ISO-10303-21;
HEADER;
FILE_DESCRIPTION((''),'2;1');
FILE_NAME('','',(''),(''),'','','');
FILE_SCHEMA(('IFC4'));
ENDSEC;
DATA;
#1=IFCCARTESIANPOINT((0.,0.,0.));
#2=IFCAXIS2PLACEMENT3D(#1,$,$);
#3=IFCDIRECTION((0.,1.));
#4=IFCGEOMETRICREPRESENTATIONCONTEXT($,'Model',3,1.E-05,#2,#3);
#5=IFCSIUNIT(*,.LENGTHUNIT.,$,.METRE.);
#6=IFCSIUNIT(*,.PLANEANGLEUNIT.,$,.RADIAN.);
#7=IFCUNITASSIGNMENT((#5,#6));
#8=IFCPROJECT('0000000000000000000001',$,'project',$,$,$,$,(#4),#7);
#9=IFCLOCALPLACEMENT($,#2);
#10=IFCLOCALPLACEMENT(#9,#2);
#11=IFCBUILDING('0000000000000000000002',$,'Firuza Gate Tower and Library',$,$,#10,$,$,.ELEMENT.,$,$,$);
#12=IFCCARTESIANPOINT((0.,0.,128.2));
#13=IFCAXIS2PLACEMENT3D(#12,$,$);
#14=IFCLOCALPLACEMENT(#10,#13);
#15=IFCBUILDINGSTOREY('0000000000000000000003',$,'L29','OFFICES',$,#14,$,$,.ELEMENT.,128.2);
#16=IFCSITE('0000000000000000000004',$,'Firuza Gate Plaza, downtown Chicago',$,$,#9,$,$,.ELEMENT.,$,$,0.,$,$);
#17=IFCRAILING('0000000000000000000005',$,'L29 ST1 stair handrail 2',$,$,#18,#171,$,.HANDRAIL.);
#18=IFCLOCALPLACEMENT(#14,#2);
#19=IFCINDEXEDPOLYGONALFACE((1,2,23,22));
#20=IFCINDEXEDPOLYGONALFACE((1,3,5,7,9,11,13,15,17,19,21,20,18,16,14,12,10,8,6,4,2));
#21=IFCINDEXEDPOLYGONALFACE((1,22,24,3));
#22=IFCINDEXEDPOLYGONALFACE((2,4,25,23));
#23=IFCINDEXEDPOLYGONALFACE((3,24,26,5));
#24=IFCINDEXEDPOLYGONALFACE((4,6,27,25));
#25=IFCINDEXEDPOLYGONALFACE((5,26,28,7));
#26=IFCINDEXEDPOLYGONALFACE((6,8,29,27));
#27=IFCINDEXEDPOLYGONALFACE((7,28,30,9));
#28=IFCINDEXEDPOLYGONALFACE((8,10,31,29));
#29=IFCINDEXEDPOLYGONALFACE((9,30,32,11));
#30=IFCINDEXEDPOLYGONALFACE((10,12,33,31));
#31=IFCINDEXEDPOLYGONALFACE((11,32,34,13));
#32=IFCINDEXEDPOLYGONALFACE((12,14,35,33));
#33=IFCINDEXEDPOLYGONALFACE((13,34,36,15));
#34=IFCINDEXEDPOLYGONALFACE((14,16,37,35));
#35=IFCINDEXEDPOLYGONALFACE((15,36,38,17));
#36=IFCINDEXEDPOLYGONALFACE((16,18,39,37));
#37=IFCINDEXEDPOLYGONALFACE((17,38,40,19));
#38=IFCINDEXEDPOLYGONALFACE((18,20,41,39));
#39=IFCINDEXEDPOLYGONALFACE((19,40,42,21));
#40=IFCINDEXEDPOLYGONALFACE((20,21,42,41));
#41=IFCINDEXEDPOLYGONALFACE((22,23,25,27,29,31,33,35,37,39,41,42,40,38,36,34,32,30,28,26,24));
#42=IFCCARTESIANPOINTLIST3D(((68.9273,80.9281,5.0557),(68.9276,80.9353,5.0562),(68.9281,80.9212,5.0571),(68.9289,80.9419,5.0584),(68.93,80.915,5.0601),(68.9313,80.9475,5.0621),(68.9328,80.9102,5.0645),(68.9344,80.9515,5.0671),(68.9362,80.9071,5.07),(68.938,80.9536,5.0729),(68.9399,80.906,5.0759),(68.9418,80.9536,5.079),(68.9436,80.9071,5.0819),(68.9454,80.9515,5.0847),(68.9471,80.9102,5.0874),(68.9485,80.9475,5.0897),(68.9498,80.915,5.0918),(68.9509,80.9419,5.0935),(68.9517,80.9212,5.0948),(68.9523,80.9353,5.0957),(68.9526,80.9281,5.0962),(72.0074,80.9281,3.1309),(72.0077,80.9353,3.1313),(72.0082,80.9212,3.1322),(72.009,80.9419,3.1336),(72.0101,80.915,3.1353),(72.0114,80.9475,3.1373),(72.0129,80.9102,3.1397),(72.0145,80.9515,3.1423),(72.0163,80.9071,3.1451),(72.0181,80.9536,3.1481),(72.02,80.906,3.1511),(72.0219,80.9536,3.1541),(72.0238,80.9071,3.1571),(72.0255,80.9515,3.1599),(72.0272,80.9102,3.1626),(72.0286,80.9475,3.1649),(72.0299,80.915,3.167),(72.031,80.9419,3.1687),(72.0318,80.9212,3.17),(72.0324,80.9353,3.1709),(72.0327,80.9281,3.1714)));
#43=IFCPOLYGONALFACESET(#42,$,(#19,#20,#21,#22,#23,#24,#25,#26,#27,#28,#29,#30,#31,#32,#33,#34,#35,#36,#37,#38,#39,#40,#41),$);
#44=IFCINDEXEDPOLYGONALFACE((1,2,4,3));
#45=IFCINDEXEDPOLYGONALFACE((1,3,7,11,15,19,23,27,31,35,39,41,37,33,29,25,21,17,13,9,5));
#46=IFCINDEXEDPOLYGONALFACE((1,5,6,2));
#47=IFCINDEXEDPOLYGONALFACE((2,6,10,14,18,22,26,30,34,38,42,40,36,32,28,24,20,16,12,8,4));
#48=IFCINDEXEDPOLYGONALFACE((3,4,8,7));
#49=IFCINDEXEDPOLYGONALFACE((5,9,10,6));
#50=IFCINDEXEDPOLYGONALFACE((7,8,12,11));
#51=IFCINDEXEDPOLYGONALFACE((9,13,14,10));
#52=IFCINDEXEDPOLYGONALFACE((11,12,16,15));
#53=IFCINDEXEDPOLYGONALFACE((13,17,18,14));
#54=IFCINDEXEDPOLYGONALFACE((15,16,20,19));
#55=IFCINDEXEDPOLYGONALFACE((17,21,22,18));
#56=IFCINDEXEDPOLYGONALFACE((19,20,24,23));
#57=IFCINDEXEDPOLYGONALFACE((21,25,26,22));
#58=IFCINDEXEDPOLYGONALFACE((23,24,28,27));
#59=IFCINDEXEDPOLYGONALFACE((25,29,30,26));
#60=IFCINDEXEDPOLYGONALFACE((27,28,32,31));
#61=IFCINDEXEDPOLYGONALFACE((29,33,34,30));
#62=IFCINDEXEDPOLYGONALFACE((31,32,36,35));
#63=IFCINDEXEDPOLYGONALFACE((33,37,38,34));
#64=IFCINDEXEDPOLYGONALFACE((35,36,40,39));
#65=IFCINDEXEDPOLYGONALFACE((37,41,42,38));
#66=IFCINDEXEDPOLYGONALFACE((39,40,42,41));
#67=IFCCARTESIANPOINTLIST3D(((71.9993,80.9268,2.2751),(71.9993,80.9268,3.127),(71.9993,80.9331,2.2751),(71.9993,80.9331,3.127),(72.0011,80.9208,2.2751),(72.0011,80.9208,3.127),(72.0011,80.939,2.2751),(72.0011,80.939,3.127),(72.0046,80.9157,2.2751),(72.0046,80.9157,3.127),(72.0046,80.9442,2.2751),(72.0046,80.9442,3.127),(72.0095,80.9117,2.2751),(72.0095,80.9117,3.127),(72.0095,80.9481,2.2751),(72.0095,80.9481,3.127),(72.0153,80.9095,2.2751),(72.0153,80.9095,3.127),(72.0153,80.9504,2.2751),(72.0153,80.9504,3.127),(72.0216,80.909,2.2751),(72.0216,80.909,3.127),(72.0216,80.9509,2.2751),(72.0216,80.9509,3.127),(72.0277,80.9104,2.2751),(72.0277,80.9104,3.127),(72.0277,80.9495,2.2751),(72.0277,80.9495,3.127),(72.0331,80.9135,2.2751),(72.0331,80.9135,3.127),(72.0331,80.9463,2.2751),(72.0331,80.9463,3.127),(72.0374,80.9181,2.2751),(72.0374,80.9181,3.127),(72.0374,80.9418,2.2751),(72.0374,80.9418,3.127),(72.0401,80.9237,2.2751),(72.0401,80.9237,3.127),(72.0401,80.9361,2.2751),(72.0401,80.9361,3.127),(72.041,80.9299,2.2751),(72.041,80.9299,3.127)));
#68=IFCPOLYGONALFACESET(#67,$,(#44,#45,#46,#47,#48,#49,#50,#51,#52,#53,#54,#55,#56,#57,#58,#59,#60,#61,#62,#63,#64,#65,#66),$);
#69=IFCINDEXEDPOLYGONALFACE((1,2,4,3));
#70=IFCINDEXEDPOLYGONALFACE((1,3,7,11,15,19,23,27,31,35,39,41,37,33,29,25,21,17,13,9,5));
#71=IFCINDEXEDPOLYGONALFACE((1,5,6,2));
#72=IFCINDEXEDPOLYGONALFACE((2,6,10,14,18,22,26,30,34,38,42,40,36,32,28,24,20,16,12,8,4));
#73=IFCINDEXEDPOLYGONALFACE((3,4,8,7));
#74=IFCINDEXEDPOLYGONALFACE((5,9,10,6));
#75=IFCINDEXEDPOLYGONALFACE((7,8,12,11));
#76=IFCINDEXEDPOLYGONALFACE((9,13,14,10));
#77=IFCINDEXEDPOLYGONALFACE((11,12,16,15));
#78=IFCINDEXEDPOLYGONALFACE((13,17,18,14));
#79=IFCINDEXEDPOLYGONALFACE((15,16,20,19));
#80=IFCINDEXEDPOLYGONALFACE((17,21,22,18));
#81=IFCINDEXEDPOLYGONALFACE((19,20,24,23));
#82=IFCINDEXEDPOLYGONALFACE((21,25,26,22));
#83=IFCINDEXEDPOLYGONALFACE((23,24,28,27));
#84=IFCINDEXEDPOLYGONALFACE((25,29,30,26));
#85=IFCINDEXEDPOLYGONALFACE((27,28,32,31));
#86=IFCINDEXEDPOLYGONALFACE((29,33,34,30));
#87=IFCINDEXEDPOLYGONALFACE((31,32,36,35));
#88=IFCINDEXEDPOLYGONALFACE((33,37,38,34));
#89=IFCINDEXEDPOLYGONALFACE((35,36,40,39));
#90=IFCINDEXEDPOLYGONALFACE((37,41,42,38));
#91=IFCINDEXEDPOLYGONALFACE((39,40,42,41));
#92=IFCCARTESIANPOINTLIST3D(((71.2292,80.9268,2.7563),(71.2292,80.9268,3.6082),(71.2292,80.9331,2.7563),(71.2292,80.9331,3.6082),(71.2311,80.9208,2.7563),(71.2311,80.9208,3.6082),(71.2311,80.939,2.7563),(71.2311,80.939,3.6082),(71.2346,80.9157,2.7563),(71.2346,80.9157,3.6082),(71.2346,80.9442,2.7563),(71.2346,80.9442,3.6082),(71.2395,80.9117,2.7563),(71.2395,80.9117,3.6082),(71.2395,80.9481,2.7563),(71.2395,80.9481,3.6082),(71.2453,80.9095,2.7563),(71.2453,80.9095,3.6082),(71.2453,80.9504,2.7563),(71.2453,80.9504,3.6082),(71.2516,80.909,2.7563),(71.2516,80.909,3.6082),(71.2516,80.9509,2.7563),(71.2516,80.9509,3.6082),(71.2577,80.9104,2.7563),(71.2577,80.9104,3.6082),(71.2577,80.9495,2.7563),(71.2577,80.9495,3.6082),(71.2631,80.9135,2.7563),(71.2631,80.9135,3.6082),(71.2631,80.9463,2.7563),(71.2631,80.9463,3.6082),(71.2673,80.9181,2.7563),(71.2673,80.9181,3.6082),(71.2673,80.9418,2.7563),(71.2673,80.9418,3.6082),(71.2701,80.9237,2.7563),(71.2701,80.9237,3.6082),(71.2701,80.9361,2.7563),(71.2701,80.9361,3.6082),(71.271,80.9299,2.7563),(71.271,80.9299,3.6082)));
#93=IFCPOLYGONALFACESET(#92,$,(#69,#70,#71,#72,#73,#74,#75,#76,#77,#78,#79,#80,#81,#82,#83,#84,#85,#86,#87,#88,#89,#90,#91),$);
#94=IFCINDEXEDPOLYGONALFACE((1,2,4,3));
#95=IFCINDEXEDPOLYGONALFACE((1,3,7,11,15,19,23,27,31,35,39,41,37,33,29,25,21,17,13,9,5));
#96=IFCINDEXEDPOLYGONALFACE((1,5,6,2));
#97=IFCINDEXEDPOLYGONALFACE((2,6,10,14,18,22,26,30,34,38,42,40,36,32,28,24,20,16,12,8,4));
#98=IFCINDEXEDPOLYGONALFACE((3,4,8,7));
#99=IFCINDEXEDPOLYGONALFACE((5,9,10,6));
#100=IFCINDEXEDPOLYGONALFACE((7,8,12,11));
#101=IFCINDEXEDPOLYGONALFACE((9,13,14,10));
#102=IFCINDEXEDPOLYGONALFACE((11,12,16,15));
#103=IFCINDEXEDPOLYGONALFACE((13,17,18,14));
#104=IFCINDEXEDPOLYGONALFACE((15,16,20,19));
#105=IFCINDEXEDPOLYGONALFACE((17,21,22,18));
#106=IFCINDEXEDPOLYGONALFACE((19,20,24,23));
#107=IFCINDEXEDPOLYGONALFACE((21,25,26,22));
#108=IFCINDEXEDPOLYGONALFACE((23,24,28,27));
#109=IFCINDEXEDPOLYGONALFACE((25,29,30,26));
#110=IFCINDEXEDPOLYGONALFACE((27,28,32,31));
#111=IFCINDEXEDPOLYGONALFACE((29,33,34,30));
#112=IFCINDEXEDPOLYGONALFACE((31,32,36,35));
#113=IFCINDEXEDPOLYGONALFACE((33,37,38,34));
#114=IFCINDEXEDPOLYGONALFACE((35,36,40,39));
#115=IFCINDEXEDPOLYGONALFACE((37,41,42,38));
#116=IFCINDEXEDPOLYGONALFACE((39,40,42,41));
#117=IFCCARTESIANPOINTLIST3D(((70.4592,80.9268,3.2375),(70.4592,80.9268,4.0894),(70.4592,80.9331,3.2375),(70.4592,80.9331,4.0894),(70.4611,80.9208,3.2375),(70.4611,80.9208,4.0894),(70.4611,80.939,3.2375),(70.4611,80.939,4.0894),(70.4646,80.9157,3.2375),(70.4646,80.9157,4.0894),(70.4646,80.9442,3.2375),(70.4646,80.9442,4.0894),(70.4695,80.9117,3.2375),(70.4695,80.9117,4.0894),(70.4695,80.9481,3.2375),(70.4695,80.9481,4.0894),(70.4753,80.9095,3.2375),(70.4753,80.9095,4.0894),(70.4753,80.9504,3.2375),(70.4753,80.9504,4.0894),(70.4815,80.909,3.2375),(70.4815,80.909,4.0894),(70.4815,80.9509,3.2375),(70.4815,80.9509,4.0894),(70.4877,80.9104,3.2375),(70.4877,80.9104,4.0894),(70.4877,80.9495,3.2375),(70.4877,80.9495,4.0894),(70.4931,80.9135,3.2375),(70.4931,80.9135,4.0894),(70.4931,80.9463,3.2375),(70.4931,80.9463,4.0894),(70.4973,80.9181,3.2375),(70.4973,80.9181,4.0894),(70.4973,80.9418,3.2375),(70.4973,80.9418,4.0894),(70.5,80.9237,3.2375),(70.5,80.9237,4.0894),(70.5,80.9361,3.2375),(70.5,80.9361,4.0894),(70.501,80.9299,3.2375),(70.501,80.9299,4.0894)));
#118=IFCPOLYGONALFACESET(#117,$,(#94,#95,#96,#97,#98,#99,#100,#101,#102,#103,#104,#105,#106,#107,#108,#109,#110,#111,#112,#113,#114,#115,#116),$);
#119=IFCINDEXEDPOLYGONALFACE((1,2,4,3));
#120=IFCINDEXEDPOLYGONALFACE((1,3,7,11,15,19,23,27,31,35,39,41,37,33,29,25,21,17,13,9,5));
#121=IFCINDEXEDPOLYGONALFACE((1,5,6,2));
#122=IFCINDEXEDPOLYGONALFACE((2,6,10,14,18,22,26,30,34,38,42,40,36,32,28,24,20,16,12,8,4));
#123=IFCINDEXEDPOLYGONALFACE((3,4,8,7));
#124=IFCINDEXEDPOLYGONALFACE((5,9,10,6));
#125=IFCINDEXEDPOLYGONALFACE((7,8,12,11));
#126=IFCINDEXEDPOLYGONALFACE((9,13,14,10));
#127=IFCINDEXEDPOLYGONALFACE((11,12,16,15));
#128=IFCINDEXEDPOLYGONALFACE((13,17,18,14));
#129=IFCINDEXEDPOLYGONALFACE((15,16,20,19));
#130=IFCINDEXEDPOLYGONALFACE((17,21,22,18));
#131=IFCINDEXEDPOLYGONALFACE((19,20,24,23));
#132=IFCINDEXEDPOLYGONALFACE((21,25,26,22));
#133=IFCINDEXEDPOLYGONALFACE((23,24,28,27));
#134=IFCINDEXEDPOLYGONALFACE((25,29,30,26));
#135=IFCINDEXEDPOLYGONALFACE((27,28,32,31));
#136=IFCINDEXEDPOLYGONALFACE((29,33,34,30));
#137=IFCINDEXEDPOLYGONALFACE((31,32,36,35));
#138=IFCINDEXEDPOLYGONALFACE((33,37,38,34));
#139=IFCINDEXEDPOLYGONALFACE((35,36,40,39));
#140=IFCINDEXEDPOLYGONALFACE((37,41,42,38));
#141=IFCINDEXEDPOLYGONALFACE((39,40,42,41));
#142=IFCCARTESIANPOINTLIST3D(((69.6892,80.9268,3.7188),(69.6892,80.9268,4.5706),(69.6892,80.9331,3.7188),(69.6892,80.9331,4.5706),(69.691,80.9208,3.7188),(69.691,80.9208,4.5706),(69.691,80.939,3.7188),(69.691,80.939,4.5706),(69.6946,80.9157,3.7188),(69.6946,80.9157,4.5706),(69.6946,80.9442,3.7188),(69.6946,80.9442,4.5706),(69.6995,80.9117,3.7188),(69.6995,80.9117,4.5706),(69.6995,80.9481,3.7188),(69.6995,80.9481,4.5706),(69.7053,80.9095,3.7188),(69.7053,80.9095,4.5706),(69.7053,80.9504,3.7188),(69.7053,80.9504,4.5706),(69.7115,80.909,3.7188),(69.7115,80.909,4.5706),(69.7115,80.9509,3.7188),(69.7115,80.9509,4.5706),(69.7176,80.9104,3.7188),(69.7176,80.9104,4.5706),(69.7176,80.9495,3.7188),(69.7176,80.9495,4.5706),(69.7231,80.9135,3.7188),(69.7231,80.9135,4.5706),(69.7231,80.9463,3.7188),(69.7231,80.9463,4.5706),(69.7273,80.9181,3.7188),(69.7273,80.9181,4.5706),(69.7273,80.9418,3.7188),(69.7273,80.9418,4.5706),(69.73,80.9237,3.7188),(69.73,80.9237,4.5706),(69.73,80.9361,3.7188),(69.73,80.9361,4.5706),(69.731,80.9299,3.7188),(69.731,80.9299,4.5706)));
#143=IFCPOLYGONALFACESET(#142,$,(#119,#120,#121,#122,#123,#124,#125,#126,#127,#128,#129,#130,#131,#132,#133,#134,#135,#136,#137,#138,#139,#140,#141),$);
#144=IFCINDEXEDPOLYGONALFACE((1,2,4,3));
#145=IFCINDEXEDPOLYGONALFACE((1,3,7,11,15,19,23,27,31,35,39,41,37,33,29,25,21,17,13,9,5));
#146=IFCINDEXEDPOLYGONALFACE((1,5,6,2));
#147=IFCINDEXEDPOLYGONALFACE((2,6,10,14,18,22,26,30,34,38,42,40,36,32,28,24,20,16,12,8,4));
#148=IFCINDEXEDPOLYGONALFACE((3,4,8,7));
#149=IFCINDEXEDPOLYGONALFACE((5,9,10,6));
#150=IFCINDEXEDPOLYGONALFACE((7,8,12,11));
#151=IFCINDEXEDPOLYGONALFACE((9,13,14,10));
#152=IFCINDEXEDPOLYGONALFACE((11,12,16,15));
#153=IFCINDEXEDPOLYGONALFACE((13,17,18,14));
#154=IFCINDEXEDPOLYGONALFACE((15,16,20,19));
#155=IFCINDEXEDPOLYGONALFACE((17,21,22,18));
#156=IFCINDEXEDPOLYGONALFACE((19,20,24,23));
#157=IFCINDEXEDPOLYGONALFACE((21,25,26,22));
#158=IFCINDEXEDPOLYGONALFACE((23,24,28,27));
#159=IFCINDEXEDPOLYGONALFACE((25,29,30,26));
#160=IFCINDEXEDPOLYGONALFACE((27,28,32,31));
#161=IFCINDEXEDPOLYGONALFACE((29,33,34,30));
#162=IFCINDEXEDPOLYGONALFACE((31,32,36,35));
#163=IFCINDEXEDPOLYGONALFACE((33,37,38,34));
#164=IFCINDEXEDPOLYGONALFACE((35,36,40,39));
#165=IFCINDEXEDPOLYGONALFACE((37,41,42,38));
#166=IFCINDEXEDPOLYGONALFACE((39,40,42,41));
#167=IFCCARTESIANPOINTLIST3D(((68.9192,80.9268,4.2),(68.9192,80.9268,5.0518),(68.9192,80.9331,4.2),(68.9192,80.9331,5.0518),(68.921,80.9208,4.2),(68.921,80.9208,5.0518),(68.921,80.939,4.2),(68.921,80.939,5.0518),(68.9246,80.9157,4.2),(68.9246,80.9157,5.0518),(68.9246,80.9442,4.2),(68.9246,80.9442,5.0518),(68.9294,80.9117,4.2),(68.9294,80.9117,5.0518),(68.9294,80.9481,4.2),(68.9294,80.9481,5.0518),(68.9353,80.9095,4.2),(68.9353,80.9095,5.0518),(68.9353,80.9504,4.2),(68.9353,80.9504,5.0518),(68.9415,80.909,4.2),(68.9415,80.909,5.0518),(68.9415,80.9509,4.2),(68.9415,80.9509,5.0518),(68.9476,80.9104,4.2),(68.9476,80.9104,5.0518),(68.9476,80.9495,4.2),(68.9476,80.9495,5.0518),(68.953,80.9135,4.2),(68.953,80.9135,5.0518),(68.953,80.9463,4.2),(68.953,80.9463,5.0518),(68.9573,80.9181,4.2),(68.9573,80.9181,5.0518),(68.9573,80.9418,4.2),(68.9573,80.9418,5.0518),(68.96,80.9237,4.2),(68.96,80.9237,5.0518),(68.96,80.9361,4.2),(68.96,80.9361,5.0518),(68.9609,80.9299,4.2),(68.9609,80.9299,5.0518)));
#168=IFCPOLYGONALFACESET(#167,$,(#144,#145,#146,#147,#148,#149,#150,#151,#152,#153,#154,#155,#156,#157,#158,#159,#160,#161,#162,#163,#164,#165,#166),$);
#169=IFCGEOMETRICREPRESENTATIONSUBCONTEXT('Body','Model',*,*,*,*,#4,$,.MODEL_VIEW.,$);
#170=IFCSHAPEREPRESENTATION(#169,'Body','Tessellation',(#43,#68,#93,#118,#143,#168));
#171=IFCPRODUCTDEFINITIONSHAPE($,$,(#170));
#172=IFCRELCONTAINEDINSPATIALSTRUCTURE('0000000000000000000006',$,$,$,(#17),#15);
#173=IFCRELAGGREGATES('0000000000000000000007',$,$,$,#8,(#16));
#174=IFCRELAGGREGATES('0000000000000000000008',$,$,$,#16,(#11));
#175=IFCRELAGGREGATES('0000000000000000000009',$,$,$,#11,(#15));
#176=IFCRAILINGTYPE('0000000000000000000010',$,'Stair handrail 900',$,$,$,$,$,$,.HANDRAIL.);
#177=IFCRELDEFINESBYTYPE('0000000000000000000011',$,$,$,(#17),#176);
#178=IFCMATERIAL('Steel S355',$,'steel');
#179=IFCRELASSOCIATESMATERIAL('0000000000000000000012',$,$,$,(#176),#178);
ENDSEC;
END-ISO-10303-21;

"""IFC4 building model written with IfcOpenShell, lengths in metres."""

from ifc_helpers import new_model, si_unit, direction, frame, origin, origin_2d, place, context, subcontext, project, spatial, circle, extrude, material, type_object, element, save


model = new_model("IFC4")

# Units and contexts
model_context = context("Model", 3, precision=1e-05, world=origin(), true_north=direction((0.0, 1.0)))
body_context = subcontext(model_context, "Body", "Model", "MODEL_VIEW")
ifc_project = project(units=[si_unit("LENGTHUNIT", "METRE"), si_unit("PLANEANGLEUNIT", "RADIAN")], contexts=[model_context])

# Site, building, storey
site_placement = place(None, origin())
site = spatial("IfcSite", under=ifc_project, at=site_placement, Name="Firuza Gate Plaza, downtown Chicago", CompositionType="ELEMENT", RefElevation=0.0)
building_placement = place(site_placement, origin())
building = spatial("IfcBuilding", under=site, at=building_placement, Name="Firuza Gate Tower and Library", CompositionType="ELEMENT")
storey_placement = place(building_placement, frame((0.0, 0.0, 128.2)))
storey = spatial("IfcBuildingStorey", under=building, at=storey_placement, Name="L29", Description="OFFICES", CompositionType="ELEMENT", Elevation=128.2)

# Railing
ifc_material_1 = material(Name="Steel S355", Category="steel")
railing_type_1 = type_object("IfcRailingType", Name="Stair handrail 900", PredefinedType="HANDRAIL", material=ifc_material_1)
railing_1_placement = place(storey_placement, frame((72.02, 80.9299, 2.2751)))
element("IfcRailing", 1, at=railing_1_placement, inside=storey, type_object=railing_type_1, Name="L29 ST1 stair handrail 2", PredefinedType="HANDRAIL", context=body_context, shape_type="SweptSolid", body=[
    extrude(circle(Radius=0.0239, at=origin_2d()), frame((0.0, 0.0, 0.876), z_axis=(-0.848029, 0.0, 0.529951), x_axis=(0.0, -1.0, 0.0)), (0.0, 0.0, 1.0), 3.6321),
    extrude(circle(Radius=0.021, at=origin_2d()), origin(), (0.0, 0.0, 1.0), 0.8518),
    extrude(circle(Radius=0.021, at=origin_2d()), frame((-0.77, 0.0, 0.4812)), (0.0, 0.0, 1.0), 0.8518),
    extrude(circle(Radius=0.021, at=origin_2d()), frame((-1.54, 0.0, 0.9624)), (0.0, 0.0, 1.0), 0.8518),
    extrude(circle(Radius=0.021, at=origin_2d()), frame((-2.3101, 0.0, 1.4436)), (0.0, 0.0, 1.0), 0.8518),
    extrude(circle(Radius=0.021, at=origin_2d()), frame((-3.0801, 0.0, 1.9248)), (0.0, 0.0, 1.0), 0.8518),
])

save(model, "model.ifc")
